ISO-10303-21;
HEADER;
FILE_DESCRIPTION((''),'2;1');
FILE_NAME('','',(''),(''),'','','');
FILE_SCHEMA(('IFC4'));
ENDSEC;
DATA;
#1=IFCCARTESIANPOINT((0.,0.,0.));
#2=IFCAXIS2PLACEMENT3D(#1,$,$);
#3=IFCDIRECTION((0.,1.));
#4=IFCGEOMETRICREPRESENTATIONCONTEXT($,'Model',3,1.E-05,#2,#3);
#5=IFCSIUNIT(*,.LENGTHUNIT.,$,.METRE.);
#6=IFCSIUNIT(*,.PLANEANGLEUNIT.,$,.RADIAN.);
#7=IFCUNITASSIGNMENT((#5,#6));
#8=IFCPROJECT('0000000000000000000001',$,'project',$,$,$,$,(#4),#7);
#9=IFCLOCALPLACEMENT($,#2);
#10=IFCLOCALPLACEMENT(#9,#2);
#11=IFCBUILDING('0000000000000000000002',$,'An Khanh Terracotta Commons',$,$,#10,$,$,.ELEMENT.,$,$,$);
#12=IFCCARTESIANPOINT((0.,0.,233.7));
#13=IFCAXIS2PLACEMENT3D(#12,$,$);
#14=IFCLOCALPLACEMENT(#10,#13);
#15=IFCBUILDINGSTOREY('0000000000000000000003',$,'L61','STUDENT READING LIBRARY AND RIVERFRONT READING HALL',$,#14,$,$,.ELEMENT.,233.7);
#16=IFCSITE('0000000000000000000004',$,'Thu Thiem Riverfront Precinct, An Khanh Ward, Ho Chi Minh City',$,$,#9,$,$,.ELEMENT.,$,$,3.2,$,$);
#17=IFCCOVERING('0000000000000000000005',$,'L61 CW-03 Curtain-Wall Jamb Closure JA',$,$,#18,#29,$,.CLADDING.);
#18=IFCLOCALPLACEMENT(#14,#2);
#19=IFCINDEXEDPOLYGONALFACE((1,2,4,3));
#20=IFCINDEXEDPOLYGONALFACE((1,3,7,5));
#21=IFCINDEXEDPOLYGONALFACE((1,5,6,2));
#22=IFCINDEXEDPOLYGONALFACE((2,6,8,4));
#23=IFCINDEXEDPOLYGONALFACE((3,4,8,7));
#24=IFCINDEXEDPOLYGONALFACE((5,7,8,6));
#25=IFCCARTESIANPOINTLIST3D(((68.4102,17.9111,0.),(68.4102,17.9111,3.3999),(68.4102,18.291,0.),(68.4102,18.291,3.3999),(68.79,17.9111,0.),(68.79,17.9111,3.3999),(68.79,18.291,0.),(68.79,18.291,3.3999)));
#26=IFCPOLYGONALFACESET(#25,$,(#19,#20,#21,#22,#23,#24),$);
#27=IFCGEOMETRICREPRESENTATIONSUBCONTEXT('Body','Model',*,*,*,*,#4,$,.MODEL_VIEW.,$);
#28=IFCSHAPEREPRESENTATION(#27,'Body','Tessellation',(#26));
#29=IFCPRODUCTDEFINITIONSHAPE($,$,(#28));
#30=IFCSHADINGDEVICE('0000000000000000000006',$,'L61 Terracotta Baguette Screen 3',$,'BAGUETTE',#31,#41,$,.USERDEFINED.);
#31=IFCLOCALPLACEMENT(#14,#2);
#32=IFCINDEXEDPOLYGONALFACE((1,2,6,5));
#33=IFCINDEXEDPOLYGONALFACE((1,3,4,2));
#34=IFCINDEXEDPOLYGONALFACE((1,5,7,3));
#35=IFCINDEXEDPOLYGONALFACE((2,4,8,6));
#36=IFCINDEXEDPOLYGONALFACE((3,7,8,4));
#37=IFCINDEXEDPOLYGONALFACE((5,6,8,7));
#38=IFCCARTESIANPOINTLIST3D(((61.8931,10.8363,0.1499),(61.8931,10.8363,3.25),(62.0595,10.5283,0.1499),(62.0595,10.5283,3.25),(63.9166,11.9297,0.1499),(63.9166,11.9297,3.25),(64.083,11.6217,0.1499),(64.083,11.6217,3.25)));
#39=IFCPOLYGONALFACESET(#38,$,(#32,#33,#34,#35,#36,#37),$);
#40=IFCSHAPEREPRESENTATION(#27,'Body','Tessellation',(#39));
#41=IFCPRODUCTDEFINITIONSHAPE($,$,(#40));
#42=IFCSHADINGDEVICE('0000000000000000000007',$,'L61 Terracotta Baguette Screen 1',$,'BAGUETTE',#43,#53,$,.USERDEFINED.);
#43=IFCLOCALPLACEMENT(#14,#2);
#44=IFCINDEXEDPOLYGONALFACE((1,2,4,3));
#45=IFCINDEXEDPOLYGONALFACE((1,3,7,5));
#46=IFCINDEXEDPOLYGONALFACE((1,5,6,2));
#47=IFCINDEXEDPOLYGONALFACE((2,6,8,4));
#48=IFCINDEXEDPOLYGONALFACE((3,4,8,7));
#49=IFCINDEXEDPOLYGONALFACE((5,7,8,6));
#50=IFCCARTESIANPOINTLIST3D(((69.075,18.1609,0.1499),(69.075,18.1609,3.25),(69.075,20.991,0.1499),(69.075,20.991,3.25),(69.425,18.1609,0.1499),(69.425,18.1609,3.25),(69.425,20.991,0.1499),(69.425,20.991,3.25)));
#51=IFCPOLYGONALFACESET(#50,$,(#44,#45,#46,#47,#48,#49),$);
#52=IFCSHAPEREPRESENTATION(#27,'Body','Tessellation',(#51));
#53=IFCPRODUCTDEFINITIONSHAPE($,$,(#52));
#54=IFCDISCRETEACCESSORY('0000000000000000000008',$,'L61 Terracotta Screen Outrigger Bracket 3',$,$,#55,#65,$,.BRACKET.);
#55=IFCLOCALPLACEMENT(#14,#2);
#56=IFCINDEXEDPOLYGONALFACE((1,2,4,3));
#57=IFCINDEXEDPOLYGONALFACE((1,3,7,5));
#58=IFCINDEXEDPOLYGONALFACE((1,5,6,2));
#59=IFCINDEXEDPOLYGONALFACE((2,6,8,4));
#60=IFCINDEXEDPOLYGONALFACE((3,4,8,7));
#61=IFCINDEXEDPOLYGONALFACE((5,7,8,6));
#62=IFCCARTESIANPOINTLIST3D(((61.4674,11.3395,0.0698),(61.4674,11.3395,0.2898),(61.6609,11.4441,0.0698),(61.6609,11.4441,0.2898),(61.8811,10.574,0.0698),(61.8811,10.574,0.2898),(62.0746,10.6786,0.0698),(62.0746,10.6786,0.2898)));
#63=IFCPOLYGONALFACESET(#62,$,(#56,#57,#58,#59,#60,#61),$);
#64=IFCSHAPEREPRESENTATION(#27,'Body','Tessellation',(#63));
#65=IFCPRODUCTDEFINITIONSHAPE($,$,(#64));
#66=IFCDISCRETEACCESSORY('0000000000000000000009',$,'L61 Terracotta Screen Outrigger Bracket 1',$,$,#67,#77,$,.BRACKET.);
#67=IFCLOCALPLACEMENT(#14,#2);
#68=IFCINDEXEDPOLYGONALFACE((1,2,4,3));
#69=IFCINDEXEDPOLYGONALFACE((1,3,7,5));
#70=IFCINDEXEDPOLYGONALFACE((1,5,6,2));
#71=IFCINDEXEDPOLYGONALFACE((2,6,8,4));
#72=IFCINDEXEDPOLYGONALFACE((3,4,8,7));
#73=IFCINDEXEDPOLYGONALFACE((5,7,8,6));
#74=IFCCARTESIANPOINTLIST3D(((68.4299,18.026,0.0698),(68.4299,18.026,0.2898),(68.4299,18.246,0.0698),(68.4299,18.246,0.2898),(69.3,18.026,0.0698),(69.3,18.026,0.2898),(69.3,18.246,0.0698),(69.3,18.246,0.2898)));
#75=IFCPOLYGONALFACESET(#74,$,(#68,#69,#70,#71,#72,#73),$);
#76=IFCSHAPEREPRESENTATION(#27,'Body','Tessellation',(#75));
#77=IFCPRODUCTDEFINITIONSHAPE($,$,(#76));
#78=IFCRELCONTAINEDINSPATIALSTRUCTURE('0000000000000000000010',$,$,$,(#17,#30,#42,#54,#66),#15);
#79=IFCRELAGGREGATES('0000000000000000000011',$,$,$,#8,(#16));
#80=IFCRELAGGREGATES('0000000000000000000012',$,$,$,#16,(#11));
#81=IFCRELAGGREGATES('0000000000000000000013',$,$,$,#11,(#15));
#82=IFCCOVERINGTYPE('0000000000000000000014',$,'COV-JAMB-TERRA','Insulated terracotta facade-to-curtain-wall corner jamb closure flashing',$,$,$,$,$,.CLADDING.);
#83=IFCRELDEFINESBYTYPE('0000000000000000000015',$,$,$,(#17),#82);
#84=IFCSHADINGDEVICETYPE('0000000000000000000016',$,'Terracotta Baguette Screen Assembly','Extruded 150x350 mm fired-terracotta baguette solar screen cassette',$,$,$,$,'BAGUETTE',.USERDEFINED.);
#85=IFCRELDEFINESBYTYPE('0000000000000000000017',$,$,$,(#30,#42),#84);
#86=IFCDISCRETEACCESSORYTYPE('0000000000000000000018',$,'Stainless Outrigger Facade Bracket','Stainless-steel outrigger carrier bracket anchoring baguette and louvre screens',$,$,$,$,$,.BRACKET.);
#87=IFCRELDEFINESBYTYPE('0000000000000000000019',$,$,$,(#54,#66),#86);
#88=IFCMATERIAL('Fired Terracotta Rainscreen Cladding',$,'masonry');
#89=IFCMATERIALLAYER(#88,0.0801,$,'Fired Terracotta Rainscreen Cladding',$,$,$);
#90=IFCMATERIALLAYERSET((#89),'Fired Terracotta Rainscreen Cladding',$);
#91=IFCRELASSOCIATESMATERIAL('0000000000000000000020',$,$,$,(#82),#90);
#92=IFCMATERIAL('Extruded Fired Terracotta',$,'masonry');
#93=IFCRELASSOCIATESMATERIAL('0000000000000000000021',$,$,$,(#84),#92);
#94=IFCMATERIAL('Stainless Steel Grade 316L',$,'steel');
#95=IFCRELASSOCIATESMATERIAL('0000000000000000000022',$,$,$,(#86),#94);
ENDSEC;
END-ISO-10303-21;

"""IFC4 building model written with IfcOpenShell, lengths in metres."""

from ifc_helpers import new_model, si_unit, direction, frame, origin, origin_2d, place, context, subcontext, project, spatial, rectangle, extrude, material, layer, layer_set, type_object, element, save


model = new_model("IFC4")

# Units and contexts
model_context = context("Model", 3, precision=1e-05, world=origin(), true_north=direction((0.0, 1.0)))
body_context = subcontext(model_context, "Body", "Model", "MODEL_VIEW")
ifc_project = project(units=[si_unit("LENGTHUNIT", "METRE"), si_unit("PLANEANGLEUNIT", "RADIAN")], contexts=[model_context])

# Site, building, storey
site_placement = place(None, origin())
site = spatial("IfcSite", under=ifc_project, at=site_placement, Name="Thu Thiem Riverfront Precinct, An Khanh Ward, Ho Chi Minh City", CompositionType="ELEMENT", RefElevation=3.2)
building_placement = place(site_placement, origin())
building = spatial("IfcBuilding", under=site, at=building_placement, Name="An Khanh Terracotta Commons", CompositionType="ELEMENT")
storey_placement = place(building_placement, frame((0.0, 0.0, 233.7)))
storey = spatial("IfcBuildingStorey", under=building, at=storey_placement, Name="L61", Description="STUDENT READING LIBRARY AND RIVERFRONT READING HALL", CompositionType="ELEMENT", Elevation=233.7)

# Covering
ifc_material_1 = material(Name="Fired Terracotta Rainscreen Cladding", Category="masonry")
ifc_layer_1 = layer(ifc_material_1, 0.0801, Name="Fired Terracotta Rainscreen Cladding")
ifc_layer_set_1 = layer_set([ifc_layer_1], Name="Fired Terracotta Rainscreen Cladding")
covering_type = type_object("IfcCoveringType", Name="COV-JAMB-TERRA", Description="Insulated terracotta facade-to-curtain-wall corner jamb closure flashing", PredefinedType="CLADDING", material=ifc_layer_set_1)
for number, where, z_axis, x_axis, name in (
    (1, (68.6001, 18.1011, 0.0), (0.0, 0.0, 1.0), (1.0, 0.0, 0.0), "L61 CW-03 Curtain-Wall Jamb Closure JA"),
):
    element("IfcCovering", number, at=place(storey_placement, frame(where, z_axis=z_axis, x_axis=x_axis)), inside=storey, type_object=covering_type, Name=name, PredefinedType="CLADDING", context=body_context, shape_type="SweptSolid", body=[
        extrude(rectangle(XDim=0.3799, YDim=0.3799, at=origin_2d()), origin(), (0.0, 0.0, 1.0), 3.3999),
    ])

# Shading devices
ifc_material_2 = material(Name="Extruded Fired Terracotta", Category="masonry")
shading_device_type = type_object("IfcShadingDeviceType", Name="Terracotta Baguette Screen Assembly", Description="Extruded 150x350 mm fired-terracotta baguette solar screen cassette", ElementType="BAGUETTE", PredefinedType="USERDEFINED", material=ifc_material_2)
shading_device_1_placement = place(storey_placement, frame((62.988, 11.229, 0.1499), z_axis=(0.0, 0.0, 1.0), x_axis=(0.87978, 0.475381, 0.0)))
element("IfcShadingDevice", 2, at=shading_device_1_placement, inside=storey, type_object=shading_device_type, Name="L61 Terracotta Baguette Screen 3", ObjectType="BAGUETTE", PredefinedType="USERDEFINED", context=body_context, shape_type="SweptSolid", body=[
    extrude(rectangle(XDim=2.3, YDim=0.3501, at=origin_2d()), origin(), (0.0, 0.0, 1.0), 3.1001),
])
shading_device_2_placement = place(storey_placement, frame((69.25, 19.5759, 0.1499), z_axis=(0.0, 0.0, 1.0), x_axis=(0.0, 1.0, 0.0)))
element("IfcShadingDevice", 3, at=shading_device_2_placement, inside=storey, type_object=shading_device_type, Name="L61 Terracotta Baguette Screen 1", ObjectType="BAGUETTE", PredefinedType="USERDEFINED", context=body_context, shape_type="SweptSolid", body=[
    extrude(rectangle(XDim=2.8301, YDim=0.3501, at=origin_2d()), origin(), (0.0, 0.0, 1.0), 3.1001),
])

# Discrete accessories
ifc_material_3 = material(Name="Stainless Steel Grade 316L", Category="steel")
discrete_accessory_type = type_object("IfcDiscreteAccessoryType", Name="Stainless Outrigger Facade Bracket", Description="Stainless-steel outrigger carrier bracket anchoring baguette and louvre screens", PredefinedType="BRACKET", material=ifc_material_3)
for number, where, z_axis, x_axis, name in (
    (4, (61.771, 11.009, 0.0698), (0.0, 0.0, 1.0), (0.87978, 0.475381, 0.0), "L61 Terracotta Screen Outrigger Bracket 3"),
    (5, (68.865, 18.136, 0.0698), (0.0, 0.0, 1.0), (0.0, 1.0, 0.0), "L61 Terracotta Screen Outrigger Bracket 1"),
):
    element("IfcDiscreteAccessory", number, at=place(storey_placement, frame(where, z_axis=z_axis, x_axis=x_axis)), inside=storey, type_object=discrete_accessory_type, Name=name, PredefinedType="BRACKET", context=body_context, shape_type="SweptSolid", body=[
        extrude(rectangle(XDim=0.22, YDim=0.8701, at=origin_2d()), origin(), (0.0, 0.0, 1.0), 0.22),
    ])

save(model, "model.ifc")
